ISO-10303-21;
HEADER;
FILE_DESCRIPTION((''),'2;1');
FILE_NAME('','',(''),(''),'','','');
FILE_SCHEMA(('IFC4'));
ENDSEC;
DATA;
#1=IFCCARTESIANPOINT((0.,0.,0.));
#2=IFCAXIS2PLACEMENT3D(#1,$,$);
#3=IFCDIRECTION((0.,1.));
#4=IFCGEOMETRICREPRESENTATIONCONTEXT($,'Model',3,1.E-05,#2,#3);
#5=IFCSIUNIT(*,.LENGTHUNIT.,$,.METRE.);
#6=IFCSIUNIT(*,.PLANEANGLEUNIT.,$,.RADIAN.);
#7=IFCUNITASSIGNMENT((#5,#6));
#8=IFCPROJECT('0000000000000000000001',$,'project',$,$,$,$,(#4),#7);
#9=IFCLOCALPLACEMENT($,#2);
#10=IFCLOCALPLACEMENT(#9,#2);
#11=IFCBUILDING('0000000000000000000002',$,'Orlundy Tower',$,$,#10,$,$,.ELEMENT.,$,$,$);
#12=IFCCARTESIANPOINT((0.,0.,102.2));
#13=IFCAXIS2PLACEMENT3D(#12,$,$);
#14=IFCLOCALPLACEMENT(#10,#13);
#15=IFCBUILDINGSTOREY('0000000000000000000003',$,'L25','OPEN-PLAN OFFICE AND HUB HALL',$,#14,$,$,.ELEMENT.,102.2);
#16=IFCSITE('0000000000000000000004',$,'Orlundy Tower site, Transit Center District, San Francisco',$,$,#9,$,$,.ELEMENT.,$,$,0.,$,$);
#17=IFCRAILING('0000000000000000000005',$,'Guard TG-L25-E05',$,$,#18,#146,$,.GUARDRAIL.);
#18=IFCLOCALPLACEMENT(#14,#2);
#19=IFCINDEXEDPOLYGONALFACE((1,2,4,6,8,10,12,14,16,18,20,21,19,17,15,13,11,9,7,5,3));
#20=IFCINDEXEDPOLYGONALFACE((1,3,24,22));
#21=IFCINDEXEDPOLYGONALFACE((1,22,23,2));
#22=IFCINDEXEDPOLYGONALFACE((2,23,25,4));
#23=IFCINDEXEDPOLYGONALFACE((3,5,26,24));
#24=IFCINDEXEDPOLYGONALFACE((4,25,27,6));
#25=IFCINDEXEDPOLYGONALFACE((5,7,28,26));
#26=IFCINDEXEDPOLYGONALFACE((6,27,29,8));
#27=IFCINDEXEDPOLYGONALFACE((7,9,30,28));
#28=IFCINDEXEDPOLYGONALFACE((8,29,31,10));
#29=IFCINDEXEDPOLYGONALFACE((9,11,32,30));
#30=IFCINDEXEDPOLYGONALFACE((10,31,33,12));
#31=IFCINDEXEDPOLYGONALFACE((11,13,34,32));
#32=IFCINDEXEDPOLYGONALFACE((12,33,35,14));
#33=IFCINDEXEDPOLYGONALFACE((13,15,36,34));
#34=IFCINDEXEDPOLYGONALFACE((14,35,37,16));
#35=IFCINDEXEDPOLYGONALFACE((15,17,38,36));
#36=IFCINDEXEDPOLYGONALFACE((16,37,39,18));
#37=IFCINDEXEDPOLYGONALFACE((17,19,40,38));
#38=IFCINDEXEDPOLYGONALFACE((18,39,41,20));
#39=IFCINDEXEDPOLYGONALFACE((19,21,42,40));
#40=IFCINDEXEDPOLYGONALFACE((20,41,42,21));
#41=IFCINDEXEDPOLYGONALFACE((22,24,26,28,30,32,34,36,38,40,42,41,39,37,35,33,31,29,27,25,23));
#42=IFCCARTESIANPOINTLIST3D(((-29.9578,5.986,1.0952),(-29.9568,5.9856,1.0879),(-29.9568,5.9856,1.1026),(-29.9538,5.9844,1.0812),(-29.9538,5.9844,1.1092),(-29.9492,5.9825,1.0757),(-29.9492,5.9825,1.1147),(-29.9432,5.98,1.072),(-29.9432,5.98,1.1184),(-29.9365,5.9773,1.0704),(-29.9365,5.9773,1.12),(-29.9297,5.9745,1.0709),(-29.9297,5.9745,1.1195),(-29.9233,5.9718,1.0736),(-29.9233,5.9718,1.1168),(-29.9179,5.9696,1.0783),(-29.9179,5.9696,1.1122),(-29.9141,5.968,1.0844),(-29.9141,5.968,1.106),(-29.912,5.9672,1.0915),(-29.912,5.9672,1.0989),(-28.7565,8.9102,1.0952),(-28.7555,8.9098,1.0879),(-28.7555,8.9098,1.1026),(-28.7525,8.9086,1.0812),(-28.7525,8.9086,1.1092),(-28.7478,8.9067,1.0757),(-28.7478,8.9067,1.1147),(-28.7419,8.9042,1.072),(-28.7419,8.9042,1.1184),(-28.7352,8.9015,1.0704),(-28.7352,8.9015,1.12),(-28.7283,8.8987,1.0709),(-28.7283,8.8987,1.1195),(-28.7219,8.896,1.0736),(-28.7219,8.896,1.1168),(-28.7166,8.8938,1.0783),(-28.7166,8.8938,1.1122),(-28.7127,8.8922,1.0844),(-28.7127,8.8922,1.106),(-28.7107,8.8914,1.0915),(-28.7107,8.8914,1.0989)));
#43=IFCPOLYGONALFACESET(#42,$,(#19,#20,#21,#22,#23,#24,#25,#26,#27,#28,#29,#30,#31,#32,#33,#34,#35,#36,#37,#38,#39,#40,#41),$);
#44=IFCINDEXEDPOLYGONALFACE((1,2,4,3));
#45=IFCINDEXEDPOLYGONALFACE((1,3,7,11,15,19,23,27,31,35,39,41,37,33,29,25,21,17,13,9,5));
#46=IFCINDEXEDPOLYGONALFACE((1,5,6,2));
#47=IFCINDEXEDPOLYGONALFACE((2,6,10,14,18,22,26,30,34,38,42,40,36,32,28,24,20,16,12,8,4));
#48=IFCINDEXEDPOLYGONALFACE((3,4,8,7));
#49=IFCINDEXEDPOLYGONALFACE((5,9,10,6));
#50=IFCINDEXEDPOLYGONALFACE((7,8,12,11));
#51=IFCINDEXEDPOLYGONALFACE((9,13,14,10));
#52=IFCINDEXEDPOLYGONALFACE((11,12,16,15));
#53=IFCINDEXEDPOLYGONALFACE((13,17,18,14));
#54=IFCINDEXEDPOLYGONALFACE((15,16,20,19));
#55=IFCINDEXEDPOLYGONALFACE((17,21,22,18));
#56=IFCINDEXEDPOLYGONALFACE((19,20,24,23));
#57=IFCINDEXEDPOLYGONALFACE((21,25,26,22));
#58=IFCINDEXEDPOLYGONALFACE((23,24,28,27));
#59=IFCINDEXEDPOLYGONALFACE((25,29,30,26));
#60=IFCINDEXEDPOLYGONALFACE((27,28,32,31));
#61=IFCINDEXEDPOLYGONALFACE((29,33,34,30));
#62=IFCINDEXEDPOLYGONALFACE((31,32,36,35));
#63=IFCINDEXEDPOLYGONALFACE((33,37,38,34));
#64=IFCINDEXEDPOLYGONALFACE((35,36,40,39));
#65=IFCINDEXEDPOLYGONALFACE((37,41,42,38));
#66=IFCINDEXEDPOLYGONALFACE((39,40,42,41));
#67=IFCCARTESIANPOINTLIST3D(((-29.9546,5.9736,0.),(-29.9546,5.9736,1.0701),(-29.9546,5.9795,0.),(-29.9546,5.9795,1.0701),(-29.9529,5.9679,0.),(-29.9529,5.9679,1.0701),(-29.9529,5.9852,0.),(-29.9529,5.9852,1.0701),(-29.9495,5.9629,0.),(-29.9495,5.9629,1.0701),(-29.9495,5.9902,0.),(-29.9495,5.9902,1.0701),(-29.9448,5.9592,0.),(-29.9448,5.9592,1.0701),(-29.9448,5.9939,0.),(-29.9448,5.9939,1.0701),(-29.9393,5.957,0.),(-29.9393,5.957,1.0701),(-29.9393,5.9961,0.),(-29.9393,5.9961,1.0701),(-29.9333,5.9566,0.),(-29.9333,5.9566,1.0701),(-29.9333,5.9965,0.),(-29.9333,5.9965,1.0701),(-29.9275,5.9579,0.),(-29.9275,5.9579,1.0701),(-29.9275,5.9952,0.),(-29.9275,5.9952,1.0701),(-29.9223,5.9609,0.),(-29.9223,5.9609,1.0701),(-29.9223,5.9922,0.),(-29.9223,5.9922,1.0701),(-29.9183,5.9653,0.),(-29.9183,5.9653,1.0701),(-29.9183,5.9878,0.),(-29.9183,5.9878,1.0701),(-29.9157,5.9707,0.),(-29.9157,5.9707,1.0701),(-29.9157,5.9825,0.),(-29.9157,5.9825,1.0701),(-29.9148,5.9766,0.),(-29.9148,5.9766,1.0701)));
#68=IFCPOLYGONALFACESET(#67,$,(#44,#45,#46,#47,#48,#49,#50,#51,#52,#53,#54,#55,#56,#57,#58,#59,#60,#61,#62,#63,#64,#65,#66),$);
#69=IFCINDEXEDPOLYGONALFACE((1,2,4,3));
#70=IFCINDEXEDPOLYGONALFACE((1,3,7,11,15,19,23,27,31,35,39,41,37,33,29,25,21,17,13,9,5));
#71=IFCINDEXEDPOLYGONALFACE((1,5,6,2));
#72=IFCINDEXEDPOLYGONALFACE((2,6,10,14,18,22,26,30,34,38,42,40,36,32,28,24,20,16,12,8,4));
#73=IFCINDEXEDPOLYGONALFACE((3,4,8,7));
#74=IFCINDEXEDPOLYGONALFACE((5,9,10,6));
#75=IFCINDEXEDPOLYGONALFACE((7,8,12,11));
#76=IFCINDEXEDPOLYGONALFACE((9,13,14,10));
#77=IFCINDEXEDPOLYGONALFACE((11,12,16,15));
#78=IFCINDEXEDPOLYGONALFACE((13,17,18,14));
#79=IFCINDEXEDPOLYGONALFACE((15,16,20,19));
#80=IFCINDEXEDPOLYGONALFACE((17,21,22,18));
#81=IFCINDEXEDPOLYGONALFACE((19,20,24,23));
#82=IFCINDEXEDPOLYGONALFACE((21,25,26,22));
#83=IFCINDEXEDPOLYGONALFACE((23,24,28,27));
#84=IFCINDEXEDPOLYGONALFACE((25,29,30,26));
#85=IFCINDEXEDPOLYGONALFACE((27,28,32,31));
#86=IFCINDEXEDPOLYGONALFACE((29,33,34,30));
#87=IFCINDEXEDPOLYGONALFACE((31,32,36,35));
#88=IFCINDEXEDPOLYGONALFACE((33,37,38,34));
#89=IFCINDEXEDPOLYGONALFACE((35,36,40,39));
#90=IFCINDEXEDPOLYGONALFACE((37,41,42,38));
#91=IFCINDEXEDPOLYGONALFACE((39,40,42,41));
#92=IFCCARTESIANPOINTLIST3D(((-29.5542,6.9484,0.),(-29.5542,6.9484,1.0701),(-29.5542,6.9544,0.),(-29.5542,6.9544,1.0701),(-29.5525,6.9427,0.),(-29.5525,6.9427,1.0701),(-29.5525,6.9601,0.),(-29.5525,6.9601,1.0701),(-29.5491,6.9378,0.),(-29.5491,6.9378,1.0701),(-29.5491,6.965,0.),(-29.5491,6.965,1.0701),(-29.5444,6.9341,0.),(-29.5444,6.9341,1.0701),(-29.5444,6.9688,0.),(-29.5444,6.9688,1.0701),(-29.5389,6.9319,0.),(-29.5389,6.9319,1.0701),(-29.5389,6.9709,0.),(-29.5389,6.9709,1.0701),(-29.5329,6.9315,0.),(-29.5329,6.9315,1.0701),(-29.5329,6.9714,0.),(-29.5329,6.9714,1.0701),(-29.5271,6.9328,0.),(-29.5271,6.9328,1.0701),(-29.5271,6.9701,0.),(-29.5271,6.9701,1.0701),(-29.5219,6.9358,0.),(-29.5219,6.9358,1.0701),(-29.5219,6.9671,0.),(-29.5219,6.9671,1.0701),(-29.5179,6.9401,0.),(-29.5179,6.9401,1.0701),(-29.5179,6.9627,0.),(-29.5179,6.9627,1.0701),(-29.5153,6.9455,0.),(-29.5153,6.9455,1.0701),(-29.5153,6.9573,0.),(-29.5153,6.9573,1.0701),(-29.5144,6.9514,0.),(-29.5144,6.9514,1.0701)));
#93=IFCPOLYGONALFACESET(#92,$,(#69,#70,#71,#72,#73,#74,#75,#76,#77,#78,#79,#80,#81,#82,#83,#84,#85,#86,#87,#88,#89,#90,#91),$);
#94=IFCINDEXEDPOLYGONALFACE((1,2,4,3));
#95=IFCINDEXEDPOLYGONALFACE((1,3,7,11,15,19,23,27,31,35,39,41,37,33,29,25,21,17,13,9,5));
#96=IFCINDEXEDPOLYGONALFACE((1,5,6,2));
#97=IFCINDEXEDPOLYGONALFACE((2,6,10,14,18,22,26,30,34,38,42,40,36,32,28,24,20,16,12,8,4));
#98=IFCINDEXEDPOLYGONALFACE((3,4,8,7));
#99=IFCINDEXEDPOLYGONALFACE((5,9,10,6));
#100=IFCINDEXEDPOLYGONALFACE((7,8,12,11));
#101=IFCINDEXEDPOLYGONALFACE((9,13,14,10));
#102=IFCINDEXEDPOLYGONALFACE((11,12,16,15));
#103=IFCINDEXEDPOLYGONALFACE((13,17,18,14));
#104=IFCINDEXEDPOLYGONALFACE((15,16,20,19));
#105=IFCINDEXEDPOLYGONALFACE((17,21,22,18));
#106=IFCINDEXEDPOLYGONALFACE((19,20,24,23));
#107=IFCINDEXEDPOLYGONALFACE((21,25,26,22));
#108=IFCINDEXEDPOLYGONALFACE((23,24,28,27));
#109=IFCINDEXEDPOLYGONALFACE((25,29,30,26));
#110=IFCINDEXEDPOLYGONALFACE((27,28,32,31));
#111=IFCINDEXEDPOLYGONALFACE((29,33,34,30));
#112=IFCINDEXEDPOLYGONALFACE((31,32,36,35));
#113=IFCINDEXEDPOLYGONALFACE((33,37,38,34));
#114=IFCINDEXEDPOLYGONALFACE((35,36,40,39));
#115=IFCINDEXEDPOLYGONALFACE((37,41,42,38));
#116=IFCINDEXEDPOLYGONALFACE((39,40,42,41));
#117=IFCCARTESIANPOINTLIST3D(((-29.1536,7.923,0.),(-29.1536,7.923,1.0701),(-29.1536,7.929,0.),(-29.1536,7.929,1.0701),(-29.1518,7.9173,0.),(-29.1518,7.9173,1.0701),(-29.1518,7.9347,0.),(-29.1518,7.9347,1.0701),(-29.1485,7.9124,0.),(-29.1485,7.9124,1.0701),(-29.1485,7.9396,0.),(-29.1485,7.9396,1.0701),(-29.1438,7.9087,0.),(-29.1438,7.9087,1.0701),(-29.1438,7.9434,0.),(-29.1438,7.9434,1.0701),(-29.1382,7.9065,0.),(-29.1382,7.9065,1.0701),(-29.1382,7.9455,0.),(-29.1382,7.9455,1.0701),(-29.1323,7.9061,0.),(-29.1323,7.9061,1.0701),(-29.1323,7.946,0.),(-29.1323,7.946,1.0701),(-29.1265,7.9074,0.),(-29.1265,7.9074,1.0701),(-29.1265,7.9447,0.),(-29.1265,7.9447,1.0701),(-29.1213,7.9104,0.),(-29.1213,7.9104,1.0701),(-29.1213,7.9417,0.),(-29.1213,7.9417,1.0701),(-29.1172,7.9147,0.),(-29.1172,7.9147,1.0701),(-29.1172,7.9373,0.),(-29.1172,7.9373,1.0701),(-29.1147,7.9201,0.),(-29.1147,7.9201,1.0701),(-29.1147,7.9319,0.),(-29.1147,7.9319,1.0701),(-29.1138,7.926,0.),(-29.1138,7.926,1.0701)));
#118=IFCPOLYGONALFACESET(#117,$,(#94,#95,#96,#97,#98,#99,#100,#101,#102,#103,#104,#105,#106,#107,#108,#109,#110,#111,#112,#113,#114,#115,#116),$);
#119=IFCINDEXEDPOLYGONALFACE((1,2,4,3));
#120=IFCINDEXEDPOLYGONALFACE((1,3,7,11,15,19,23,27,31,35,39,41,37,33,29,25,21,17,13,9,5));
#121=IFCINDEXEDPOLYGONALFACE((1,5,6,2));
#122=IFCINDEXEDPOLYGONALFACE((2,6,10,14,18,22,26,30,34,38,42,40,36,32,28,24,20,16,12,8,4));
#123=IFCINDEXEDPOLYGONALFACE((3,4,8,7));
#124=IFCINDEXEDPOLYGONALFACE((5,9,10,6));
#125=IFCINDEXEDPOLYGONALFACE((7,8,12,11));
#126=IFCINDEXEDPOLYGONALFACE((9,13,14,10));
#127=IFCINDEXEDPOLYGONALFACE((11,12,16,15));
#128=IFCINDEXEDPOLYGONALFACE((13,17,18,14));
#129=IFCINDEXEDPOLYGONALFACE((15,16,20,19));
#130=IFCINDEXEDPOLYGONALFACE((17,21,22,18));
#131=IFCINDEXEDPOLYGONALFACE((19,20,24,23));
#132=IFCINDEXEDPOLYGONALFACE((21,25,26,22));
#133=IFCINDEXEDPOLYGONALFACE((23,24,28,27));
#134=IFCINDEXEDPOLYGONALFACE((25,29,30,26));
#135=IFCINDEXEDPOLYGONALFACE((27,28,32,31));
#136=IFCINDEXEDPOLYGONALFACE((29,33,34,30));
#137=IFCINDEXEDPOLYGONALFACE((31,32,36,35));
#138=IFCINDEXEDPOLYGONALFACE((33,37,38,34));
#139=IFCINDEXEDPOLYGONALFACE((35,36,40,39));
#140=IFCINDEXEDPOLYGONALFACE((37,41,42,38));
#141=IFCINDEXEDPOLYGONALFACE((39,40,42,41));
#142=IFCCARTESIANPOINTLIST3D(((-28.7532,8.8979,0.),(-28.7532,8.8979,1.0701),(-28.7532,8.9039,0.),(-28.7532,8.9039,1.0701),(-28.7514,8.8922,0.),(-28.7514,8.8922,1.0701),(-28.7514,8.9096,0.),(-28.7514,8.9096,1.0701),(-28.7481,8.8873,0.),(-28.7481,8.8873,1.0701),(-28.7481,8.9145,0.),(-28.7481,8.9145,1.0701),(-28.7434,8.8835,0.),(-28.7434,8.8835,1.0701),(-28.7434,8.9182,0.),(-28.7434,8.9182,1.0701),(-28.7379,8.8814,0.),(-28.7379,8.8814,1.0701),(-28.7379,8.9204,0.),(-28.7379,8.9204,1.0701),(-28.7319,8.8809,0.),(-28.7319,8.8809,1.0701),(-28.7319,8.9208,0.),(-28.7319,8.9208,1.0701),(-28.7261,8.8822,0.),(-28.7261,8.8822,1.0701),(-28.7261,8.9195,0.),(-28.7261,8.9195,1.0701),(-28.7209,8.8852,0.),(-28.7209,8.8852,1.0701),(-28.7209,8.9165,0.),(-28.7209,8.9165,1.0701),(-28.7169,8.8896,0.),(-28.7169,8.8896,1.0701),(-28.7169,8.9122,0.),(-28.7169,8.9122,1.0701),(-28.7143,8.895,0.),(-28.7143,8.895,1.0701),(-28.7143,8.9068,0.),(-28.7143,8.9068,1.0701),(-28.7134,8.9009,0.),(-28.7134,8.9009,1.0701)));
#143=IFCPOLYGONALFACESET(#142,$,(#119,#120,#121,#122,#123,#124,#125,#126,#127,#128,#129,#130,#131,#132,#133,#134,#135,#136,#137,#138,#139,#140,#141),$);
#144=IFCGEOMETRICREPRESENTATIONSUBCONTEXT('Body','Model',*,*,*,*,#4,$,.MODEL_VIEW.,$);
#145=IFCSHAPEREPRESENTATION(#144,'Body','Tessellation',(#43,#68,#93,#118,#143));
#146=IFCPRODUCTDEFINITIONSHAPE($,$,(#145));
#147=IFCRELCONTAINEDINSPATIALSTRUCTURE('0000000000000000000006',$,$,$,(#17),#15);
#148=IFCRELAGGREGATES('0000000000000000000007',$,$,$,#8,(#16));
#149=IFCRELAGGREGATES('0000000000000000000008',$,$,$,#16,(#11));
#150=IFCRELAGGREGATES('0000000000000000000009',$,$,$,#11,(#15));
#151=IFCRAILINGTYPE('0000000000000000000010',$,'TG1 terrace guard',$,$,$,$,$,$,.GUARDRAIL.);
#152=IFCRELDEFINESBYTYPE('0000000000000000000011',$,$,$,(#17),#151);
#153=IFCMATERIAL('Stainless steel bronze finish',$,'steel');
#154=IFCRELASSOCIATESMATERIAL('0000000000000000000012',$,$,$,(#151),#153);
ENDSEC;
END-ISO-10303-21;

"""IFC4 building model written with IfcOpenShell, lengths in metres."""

from ifc_helpers import new_model, si_unit, direction, frame, origin, origin_2d, place, context, subcontext, project, spatial, circle, extrude, material, type_object, element, save


model = new_model("IFC4")

# Units and contexts
model_context = context("Model", 3, precision=1e-05, world=origin(), true_north=direction((0.0, 1.0)))
body_context = subcontext(model_context, "Body", "Model", "MODEL_VIEW")
ifc_project = project(units=[si_unit("LENGTHUNIT", "METRE"), si_unit("PLANEANGLEUNIT", "RADIAN")], contexts=[model_context])

# Site, building, storey
site_placement = place(None, origin())
site = spatial("IfcSite", under=ifc_project, at=site_placement, Name="Orlundy Tower site, Transit Center District, San Francisco", CompositionType="ELEMENT", RefElevation=0.0)
building_placement = place(site_placement, origin())
building = spatial("IfcBuilding", under=site, at=building_placement, Name="Orlundy Tower", CompositionType="ELEMENT")
storey_placement = place(building_placement, frame((0.0, 0.0, 102.2)))
storey = spatial("IfcBuildingStorey", under=building, at=storey_placement, Name="L25", Description="OPEN-PLAN OFFICE AND HUB HALL", CompositionType="ELEMENT", Elevation=102.2)

# Railing
ifc_material_1 = material(Name="Stainless steel bronze finish", Category="steel")
railing_type_1 = type_object("IfcRailingType", Name="TG1 terrace guard", PredefinedType="GUARDRAIL", material=ifc_material_1)
railing_1_placement = place(storey_placement, frame((-29.9348, 5.9766, 0.0)))
element("IfcRailing", 1, at=railing_1_placement, inside=storey, type_object=railing_type_1, Name="Guard TG-L25-E05", PredefinedType="GUARDRAIL", context=body_context, shape_type="SweptSolid", body=[
    extrude(circle(Radius=0.0249, at=origin_2d()), frame((0.0, 0.0, 1.0952), z_axis=(0.380016, 0.92498, 0.0), x_axis=(-0.92498, 0.380016, 0.0)), (0.0, 0.0, 1.0), 3.1614),
    extrude(circle(Radius=0.02, at=origin_2d()), origin(), (0.0, 0.0, 1.0), 1.0701),
    extrude(circle(Radius=0.02, at=origin_2d()), frame((0.4004, 0.9749, 0.0)), (0.0, 0.0, 1.0), 1.0701),
    extrude(circle(Radius=0.02, at=origin_2d()), frame((0.801, 1.9495, 0.0)), (0.0, 0.0, 1.0), 1.0701),
    extrude(circle(Radius=0.02, at=origin_2d()), frame((1.2014, 2.9243, 0.0)), (0.0, 0.0, 1.0), 1.0701),
])

save(model, "model.ifc")
